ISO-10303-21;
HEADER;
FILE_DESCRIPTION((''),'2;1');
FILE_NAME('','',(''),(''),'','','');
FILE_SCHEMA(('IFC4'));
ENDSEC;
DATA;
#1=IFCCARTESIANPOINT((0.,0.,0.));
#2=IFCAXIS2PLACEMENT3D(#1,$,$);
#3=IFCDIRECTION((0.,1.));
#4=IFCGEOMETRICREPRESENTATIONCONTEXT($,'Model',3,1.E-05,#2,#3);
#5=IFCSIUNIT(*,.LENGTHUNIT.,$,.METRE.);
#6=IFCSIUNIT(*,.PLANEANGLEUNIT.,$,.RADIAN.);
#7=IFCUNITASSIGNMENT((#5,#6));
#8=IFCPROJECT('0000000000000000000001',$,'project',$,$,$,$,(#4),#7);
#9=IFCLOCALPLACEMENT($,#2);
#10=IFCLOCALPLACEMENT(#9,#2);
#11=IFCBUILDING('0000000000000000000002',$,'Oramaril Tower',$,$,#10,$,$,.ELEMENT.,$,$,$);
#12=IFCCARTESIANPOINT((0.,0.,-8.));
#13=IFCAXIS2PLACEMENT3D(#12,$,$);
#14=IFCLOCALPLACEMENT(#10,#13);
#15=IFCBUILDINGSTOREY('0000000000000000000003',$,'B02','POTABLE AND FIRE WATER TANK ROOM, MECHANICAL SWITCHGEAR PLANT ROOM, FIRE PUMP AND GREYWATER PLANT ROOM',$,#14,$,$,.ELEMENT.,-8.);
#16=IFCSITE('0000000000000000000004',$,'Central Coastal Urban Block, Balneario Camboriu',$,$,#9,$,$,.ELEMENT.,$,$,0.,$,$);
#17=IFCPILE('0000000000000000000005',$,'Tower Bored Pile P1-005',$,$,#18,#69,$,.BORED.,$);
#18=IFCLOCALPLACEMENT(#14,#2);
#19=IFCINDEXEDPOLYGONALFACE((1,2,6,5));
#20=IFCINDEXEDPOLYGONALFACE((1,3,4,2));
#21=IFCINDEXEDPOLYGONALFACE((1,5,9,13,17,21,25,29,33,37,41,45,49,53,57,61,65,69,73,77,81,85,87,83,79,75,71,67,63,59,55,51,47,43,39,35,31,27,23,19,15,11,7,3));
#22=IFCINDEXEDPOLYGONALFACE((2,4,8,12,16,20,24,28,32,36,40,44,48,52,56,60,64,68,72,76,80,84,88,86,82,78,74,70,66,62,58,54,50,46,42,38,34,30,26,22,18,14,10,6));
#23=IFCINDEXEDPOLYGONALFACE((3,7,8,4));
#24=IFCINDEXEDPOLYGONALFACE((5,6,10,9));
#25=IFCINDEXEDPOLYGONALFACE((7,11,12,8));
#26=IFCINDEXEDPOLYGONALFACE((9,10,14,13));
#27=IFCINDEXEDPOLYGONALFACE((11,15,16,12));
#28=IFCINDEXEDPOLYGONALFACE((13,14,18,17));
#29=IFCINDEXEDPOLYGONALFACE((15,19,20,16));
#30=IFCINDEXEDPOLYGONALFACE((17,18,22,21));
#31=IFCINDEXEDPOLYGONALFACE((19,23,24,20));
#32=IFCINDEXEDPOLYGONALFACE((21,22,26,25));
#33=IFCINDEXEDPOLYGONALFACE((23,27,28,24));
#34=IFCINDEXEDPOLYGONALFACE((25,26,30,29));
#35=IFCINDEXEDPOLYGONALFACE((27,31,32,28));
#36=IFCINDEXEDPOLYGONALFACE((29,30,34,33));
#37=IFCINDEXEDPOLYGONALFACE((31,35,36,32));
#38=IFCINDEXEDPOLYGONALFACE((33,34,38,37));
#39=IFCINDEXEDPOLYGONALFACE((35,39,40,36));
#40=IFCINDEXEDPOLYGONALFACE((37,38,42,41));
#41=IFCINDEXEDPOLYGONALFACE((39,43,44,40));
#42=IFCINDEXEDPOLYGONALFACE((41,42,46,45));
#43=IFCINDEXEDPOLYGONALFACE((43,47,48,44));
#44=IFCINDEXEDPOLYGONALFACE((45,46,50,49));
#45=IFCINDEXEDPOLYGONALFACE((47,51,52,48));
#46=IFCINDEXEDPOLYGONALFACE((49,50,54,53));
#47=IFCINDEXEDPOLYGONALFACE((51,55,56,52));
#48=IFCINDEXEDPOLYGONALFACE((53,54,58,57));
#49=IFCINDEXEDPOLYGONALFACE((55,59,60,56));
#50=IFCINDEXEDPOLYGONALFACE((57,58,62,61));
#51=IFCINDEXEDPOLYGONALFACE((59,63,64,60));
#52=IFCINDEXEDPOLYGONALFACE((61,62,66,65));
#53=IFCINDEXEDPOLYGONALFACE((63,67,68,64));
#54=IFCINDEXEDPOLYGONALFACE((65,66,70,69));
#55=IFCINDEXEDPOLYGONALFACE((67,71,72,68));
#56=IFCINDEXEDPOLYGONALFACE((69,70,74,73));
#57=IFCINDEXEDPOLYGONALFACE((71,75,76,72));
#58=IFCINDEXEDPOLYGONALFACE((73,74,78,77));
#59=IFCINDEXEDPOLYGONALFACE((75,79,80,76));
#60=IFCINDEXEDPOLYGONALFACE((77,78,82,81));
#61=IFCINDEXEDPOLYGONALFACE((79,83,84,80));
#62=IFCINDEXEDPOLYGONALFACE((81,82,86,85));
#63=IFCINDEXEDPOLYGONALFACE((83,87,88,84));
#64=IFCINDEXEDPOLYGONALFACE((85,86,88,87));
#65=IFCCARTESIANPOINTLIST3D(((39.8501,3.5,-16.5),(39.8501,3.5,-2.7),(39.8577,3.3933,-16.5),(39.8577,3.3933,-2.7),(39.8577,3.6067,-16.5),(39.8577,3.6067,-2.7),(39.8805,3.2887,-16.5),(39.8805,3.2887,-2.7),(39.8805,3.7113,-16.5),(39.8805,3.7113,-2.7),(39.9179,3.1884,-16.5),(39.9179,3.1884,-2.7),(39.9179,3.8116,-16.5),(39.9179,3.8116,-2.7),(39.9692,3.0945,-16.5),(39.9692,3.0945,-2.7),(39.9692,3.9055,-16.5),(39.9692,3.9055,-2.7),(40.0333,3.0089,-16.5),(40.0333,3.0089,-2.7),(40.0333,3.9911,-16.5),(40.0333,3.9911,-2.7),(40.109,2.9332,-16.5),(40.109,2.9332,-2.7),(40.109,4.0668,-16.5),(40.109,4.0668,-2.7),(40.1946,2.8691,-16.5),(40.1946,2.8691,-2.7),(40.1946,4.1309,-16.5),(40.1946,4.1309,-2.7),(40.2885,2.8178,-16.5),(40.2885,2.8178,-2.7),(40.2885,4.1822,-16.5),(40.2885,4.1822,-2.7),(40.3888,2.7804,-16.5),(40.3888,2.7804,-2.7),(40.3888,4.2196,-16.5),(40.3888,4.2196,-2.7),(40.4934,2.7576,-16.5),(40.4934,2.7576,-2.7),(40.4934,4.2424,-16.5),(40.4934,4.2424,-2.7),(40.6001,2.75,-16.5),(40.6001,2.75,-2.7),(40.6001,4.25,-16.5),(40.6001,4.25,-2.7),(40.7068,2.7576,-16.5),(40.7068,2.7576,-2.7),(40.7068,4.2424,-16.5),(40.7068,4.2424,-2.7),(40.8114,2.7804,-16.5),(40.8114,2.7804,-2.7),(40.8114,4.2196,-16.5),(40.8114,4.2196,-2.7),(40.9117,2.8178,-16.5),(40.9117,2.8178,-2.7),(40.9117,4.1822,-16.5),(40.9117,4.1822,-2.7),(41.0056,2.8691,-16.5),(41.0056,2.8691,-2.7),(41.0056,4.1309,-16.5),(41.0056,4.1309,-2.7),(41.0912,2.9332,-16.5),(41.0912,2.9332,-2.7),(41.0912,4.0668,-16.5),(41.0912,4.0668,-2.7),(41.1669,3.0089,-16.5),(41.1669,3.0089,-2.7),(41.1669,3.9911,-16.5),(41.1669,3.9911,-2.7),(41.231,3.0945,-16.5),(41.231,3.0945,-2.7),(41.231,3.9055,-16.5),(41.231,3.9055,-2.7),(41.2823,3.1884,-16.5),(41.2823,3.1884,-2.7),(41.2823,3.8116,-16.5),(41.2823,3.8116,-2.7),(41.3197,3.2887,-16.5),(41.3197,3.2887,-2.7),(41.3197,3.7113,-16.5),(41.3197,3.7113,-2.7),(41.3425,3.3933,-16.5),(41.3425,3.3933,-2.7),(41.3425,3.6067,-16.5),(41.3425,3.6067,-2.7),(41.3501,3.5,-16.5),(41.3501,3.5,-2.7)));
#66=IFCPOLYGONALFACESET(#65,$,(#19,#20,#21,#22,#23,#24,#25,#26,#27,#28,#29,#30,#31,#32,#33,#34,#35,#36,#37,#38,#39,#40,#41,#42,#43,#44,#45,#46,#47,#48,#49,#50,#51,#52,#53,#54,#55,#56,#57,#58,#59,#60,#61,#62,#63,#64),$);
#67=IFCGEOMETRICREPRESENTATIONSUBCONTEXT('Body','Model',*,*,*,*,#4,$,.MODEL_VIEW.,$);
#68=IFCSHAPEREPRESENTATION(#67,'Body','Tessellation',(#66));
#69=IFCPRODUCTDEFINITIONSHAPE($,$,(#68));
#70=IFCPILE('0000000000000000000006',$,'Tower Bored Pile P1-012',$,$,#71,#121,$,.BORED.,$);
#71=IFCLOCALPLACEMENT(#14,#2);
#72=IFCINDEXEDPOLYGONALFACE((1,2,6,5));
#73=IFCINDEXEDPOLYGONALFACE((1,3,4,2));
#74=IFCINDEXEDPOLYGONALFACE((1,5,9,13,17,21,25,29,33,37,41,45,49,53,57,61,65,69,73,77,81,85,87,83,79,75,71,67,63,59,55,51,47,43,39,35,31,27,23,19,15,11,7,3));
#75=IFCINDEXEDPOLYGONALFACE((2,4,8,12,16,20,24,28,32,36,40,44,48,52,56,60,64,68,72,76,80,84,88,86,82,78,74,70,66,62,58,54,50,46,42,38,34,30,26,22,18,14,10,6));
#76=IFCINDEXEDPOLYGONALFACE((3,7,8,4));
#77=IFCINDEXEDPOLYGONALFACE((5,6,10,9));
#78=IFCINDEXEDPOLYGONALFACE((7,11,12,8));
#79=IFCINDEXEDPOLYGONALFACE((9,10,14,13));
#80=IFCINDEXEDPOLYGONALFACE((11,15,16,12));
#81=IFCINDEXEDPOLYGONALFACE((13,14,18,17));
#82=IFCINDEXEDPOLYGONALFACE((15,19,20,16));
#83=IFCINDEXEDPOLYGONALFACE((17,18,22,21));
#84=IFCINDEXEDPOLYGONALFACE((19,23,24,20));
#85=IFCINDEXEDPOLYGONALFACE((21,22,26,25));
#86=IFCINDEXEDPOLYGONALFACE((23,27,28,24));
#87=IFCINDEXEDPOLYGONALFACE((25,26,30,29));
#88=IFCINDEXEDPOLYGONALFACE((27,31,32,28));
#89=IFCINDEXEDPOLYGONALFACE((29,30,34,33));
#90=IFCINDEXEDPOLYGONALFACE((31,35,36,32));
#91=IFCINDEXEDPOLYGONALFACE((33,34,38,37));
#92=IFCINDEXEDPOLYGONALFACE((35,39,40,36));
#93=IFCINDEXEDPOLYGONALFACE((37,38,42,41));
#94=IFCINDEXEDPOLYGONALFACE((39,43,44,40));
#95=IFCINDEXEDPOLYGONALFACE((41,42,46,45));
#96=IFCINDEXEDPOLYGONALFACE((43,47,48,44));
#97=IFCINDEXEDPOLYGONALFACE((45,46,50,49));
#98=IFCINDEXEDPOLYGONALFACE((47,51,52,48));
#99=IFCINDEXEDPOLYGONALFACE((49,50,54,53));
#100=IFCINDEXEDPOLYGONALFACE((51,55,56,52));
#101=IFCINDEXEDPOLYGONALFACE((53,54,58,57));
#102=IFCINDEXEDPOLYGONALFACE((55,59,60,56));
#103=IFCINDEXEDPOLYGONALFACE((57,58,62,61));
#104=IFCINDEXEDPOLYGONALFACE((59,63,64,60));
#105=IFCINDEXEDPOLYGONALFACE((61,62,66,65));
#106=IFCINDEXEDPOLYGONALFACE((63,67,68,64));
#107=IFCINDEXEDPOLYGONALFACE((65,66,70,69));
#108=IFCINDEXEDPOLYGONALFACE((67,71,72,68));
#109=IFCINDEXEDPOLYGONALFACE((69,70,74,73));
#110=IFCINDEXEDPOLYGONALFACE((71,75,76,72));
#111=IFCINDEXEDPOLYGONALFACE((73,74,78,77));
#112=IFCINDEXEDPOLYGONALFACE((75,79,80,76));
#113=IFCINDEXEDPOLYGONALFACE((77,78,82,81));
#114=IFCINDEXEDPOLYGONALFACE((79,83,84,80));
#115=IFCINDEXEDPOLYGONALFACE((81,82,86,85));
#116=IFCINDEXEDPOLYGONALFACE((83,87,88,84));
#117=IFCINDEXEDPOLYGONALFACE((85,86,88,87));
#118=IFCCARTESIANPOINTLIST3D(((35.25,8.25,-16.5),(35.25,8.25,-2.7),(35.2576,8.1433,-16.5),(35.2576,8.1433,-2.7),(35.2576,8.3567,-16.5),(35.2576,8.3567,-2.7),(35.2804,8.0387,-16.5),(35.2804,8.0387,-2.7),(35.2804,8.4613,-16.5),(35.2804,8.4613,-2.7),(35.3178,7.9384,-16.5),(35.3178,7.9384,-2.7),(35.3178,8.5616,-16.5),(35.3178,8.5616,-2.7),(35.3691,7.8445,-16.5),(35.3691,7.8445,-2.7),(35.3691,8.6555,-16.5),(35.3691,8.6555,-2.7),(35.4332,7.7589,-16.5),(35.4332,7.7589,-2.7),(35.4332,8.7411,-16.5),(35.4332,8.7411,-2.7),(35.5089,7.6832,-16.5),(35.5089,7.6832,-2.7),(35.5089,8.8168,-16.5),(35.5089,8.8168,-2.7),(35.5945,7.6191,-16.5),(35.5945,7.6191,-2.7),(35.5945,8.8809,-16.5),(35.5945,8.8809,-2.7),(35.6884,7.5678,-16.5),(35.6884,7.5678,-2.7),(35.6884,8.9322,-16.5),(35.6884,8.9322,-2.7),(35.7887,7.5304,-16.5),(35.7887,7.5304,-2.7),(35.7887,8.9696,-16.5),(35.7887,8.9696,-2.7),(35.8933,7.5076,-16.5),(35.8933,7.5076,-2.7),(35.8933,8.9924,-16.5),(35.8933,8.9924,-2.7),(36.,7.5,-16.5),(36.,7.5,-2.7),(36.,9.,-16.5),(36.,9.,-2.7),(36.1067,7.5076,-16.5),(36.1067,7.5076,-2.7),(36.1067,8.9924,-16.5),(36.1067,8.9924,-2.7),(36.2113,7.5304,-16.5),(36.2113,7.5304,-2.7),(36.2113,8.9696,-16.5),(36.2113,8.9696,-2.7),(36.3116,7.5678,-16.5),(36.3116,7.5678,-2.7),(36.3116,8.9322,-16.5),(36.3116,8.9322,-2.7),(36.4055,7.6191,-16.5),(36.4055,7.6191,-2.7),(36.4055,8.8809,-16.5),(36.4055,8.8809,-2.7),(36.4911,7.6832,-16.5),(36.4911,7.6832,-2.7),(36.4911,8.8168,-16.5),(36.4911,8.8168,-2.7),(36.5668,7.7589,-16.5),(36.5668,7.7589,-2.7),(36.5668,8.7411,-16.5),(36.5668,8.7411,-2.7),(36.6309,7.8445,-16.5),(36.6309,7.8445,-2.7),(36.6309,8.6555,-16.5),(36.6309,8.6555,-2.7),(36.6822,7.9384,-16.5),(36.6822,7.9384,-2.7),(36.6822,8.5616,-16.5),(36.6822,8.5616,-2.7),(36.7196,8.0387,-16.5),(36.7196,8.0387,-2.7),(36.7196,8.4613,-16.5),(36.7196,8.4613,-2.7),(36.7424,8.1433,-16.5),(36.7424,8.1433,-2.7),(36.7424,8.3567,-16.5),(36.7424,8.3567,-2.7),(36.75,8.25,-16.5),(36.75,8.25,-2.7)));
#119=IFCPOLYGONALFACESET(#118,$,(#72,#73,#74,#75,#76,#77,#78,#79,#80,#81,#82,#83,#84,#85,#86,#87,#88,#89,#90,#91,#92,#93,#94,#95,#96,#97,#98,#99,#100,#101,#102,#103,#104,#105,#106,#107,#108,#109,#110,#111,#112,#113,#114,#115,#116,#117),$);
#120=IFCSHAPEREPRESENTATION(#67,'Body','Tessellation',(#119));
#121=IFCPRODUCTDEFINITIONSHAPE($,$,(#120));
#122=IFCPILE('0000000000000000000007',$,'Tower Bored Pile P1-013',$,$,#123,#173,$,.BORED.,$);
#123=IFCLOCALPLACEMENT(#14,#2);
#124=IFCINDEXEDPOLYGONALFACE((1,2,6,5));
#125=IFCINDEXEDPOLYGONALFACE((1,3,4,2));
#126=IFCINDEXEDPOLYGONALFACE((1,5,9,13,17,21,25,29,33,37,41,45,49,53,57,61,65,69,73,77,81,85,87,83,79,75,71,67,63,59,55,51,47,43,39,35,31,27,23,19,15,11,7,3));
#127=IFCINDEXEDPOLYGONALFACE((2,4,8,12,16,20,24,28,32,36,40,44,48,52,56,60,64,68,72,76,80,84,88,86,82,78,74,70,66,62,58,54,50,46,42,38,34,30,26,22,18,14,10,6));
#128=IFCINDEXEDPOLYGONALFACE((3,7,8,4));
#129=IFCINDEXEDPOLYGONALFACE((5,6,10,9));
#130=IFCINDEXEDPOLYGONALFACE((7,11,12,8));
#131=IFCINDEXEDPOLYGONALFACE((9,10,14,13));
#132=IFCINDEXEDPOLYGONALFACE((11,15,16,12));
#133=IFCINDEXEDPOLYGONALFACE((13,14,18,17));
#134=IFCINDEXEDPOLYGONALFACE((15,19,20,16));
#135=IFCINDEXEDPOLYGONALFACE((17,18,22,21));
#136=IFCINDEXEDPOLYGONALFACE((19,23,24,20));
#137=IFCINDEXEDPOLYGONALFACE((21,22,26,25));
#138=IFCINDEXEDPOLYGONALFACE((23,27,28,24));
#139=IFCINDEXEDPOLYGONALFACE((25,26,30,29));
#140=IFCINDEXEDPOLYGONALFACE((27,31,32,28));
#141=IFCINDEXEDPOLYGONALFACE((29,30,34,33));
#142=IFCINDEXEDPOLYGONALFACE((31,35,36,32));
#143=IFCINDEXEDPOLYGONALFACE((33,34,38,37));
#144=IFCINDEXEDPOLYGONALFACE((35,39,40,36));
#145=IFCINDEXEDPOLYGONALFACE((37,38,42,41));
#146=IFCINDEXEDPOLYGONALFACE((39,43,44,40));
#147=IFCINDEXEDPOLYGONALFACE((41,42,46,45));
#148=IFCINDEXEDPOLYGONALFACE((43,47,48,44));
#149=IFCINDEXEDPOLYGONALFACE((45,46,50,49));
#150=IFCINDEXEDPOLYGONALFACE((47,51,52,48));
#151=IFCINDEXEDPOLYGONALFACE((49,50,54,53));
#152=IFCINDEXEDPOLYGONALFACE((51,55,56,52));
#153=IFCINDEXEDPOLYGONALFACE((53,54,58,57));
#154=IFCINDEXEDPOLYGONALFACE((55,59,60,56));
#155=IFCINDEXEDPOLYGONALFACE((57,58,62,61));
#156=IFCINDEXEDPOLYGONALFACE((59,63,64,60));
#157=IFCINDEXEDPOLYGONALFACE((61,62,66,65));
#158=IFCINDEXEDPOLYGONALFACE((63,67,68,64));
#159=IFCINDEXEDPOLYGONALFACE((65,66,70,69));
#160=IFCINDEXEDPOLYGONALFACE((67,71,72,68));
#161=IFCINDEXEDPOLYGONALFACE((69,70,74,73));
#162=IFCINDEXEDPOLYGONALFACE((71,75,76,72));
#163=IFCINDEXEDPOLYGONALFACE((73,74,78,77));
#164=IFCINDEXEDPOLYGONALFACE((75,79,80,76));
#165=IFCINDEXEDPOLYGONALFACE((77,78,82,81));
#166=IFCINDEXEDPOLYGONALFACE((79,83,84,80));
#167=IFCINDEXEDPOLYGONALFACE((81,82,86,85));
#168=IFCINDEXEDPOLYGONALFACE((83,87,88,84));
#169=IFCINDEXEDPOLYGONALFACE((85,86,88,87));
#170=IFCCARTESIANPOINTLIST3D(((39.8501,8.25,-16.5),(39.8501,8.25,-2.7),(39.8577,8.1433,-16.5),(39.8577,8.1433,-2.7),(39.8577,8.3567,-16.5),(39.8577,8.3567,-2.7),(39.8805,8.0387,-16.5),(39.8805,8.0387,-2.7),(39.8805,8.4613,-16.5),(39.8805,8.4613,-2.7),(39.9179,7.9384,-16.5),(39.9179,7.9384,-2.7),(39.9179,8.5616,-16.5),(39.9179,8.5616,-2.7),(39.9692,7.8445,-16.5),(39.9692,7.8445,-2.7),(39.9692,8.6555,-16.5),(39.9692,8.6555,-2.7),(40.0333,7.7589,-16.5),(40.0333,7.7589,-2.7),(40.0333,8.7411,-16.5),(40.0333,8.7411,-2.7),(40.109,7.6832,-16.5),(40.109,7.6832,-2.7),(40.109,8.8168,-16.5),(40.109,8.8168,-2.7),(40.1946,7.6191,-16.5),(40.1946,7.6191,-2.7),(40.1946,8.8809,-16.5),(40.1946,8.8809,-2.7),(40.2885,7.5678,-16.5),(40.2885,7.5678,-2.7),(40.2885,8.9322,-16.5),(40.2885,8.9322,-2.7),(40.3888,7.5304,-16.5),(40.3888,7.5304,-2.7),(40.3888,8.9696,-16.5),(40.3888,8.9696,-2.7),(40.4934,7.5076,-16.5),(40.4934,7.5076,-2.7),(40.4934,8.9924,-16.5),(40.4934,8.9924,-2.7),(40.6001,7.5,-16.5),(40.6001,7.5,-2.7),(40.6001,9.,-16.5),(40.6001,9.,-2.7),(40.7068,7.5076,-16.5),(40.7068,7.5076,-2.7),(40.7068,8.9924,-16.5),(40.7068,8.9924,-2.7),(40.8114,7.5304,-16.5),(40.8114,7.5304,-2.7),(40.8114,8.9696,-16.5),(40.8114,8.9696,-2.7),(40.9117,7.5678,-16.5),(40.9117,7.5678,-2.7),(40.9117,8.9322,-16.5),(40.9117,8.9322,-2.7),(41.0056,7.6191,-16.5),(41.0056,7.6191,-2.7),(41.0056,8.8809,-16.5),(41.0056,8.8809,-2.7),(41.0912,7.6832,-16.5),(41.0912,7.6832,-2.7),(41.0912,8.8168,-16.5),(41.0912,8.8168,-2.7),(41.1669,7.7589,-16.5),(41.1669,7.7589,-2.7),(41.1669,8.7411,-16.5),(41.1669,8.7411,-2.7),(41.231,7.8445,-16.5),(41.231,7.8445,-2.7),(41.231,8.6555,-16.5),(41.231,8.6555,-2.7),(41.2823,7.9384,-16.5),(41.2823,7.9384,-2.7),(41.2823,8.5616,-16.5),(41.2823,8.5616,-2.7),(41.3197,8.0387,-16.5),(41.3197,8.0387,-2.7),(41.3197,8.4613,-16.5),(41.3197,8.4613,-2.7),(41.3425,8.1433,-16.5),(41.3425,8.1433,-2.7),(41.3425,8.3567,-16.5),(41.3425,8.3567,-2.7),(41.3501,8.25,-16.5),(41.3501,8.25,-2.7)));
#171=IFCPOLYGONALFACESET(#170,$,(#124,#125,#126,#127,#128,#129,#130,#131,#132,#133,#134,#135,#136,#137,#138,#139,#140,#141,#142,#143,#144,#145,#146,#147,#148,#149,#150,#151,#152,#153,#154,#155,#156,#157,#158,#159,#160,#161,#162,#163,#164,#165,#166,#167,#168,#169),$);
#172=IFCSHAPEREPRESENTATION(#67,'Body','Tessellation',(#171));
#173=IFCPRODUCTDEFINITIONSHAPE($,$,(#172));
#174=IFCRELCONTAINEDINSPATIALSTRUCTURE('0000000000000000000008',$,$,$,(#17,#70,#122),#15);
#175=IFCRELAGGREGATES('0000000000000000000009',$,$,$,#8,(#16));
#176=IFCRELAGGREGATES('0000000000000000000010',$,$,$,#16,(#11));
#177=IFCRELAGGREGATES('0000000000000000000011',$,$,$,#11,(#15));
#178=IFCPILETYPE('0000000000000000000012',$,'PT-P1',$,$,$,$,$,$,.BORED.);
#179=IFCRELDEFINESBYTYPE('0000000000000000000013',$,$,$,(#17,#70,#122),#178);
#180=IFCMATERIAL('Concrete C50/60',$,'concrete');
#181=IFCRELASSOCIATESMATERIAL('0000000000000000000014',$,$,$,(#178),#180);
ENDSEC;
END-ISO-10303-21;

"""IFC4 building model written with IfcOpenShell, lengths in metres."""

from ifc_helpers import new_model, si_unit, direction, frame, origin, origin_2d, place, context, subcontext, project, spatial, circle, extrude, material, material_profile, profile_set, type_object, element, save


model = new_model("IFC4")

# Units and contexts
model_context = context("Model", 3, precision=1e-05, world=origin(), true_north=direction((0.0, 1.0)))
body_context = subcontext(model_context, "Body", "Model", "MODEL_VIEW")
ifc_project = project(units=[si_unit("LENGTHUNIT", "METRE"), si_unit("PLANEANGLEUNIT", "RADIAN")], contexts=[model_context])

# Site, building, storey
site_placement = place(None, origin())
site = spatial("IfcSite", under=ifc_project, at=site_placement, Name="Central Coastal Urban Block, Balneario Camboriu", CompositionType="ELEMENT", RefElevation=0.0)
building_placement = place(site_placement, origin())
building = spatial("IfcBuilding", under=site, at=building_placement, Name="Oramaril Tower", CompositionType="ELEMENT")
storey_placement = place(building_placement, frame((0.0, 0.0, -8.0)))
storey = spatial("IfcBuildingStorey", under=building, at=storey_placement, Name="B02", Description="POTABLE AND FIRE WATER TANK ROOM, MECHANICAL SWITCHGEAR PLANT ROOM, FIRE PUMP AND GREYWATER PLANT ROOM", CompositionType="ELEMENT", Elevation=-8.0)

# Piles
ifc_material_1 = material(Name="Concrete C50/60", Category="concrete")
ifc_material_profile = material_profile(ifc_material_1, circle(Radius=0.75, at=origin_2d()), Name="D1500")
ifc_profile_set = profile_set([ifc_material_profile], Name="Concrete C50/60")
pile_type = type_object("IfcPileType", Name="PT-P1", PredefinedType="BORED", material=ifc_profile_set)
for number, where, z_axis, x_axis, name in (
    (1, (40.6001, 3.5, -2.7), (0.0, 0.0, -1.0), (1.0, 0.0, 0.0), "Tower Bored Pile P1-005"),
    (2, (36.0, 8.25, -2.7), (0.0, 0.0, -1.0), (1.0, 0.0, 0.0), "Tower Bored Pile P1-012"),
    (3, (40.6001, 8.25, -2.7), (0.0, 0.0, -1.0), (1.0, 0.0, 0.0), "Tower Bored Pile P1-013"),
):
    element("IfcPile", number, at=place(storey_placement, frame(where, z_axis=z_axis, x_axis=x_axis)), inside=storey, type_object=pile_type, Name=name, PredefinedType="BORED", context=body_context, shape_type="SweptSolid", body=[
        extrude(circle(Radius=0.75, at=origin_2d()), origin(), (0.0, 0.0, 1.0), 13.8),
    ])

save(model, "model.ifc")
